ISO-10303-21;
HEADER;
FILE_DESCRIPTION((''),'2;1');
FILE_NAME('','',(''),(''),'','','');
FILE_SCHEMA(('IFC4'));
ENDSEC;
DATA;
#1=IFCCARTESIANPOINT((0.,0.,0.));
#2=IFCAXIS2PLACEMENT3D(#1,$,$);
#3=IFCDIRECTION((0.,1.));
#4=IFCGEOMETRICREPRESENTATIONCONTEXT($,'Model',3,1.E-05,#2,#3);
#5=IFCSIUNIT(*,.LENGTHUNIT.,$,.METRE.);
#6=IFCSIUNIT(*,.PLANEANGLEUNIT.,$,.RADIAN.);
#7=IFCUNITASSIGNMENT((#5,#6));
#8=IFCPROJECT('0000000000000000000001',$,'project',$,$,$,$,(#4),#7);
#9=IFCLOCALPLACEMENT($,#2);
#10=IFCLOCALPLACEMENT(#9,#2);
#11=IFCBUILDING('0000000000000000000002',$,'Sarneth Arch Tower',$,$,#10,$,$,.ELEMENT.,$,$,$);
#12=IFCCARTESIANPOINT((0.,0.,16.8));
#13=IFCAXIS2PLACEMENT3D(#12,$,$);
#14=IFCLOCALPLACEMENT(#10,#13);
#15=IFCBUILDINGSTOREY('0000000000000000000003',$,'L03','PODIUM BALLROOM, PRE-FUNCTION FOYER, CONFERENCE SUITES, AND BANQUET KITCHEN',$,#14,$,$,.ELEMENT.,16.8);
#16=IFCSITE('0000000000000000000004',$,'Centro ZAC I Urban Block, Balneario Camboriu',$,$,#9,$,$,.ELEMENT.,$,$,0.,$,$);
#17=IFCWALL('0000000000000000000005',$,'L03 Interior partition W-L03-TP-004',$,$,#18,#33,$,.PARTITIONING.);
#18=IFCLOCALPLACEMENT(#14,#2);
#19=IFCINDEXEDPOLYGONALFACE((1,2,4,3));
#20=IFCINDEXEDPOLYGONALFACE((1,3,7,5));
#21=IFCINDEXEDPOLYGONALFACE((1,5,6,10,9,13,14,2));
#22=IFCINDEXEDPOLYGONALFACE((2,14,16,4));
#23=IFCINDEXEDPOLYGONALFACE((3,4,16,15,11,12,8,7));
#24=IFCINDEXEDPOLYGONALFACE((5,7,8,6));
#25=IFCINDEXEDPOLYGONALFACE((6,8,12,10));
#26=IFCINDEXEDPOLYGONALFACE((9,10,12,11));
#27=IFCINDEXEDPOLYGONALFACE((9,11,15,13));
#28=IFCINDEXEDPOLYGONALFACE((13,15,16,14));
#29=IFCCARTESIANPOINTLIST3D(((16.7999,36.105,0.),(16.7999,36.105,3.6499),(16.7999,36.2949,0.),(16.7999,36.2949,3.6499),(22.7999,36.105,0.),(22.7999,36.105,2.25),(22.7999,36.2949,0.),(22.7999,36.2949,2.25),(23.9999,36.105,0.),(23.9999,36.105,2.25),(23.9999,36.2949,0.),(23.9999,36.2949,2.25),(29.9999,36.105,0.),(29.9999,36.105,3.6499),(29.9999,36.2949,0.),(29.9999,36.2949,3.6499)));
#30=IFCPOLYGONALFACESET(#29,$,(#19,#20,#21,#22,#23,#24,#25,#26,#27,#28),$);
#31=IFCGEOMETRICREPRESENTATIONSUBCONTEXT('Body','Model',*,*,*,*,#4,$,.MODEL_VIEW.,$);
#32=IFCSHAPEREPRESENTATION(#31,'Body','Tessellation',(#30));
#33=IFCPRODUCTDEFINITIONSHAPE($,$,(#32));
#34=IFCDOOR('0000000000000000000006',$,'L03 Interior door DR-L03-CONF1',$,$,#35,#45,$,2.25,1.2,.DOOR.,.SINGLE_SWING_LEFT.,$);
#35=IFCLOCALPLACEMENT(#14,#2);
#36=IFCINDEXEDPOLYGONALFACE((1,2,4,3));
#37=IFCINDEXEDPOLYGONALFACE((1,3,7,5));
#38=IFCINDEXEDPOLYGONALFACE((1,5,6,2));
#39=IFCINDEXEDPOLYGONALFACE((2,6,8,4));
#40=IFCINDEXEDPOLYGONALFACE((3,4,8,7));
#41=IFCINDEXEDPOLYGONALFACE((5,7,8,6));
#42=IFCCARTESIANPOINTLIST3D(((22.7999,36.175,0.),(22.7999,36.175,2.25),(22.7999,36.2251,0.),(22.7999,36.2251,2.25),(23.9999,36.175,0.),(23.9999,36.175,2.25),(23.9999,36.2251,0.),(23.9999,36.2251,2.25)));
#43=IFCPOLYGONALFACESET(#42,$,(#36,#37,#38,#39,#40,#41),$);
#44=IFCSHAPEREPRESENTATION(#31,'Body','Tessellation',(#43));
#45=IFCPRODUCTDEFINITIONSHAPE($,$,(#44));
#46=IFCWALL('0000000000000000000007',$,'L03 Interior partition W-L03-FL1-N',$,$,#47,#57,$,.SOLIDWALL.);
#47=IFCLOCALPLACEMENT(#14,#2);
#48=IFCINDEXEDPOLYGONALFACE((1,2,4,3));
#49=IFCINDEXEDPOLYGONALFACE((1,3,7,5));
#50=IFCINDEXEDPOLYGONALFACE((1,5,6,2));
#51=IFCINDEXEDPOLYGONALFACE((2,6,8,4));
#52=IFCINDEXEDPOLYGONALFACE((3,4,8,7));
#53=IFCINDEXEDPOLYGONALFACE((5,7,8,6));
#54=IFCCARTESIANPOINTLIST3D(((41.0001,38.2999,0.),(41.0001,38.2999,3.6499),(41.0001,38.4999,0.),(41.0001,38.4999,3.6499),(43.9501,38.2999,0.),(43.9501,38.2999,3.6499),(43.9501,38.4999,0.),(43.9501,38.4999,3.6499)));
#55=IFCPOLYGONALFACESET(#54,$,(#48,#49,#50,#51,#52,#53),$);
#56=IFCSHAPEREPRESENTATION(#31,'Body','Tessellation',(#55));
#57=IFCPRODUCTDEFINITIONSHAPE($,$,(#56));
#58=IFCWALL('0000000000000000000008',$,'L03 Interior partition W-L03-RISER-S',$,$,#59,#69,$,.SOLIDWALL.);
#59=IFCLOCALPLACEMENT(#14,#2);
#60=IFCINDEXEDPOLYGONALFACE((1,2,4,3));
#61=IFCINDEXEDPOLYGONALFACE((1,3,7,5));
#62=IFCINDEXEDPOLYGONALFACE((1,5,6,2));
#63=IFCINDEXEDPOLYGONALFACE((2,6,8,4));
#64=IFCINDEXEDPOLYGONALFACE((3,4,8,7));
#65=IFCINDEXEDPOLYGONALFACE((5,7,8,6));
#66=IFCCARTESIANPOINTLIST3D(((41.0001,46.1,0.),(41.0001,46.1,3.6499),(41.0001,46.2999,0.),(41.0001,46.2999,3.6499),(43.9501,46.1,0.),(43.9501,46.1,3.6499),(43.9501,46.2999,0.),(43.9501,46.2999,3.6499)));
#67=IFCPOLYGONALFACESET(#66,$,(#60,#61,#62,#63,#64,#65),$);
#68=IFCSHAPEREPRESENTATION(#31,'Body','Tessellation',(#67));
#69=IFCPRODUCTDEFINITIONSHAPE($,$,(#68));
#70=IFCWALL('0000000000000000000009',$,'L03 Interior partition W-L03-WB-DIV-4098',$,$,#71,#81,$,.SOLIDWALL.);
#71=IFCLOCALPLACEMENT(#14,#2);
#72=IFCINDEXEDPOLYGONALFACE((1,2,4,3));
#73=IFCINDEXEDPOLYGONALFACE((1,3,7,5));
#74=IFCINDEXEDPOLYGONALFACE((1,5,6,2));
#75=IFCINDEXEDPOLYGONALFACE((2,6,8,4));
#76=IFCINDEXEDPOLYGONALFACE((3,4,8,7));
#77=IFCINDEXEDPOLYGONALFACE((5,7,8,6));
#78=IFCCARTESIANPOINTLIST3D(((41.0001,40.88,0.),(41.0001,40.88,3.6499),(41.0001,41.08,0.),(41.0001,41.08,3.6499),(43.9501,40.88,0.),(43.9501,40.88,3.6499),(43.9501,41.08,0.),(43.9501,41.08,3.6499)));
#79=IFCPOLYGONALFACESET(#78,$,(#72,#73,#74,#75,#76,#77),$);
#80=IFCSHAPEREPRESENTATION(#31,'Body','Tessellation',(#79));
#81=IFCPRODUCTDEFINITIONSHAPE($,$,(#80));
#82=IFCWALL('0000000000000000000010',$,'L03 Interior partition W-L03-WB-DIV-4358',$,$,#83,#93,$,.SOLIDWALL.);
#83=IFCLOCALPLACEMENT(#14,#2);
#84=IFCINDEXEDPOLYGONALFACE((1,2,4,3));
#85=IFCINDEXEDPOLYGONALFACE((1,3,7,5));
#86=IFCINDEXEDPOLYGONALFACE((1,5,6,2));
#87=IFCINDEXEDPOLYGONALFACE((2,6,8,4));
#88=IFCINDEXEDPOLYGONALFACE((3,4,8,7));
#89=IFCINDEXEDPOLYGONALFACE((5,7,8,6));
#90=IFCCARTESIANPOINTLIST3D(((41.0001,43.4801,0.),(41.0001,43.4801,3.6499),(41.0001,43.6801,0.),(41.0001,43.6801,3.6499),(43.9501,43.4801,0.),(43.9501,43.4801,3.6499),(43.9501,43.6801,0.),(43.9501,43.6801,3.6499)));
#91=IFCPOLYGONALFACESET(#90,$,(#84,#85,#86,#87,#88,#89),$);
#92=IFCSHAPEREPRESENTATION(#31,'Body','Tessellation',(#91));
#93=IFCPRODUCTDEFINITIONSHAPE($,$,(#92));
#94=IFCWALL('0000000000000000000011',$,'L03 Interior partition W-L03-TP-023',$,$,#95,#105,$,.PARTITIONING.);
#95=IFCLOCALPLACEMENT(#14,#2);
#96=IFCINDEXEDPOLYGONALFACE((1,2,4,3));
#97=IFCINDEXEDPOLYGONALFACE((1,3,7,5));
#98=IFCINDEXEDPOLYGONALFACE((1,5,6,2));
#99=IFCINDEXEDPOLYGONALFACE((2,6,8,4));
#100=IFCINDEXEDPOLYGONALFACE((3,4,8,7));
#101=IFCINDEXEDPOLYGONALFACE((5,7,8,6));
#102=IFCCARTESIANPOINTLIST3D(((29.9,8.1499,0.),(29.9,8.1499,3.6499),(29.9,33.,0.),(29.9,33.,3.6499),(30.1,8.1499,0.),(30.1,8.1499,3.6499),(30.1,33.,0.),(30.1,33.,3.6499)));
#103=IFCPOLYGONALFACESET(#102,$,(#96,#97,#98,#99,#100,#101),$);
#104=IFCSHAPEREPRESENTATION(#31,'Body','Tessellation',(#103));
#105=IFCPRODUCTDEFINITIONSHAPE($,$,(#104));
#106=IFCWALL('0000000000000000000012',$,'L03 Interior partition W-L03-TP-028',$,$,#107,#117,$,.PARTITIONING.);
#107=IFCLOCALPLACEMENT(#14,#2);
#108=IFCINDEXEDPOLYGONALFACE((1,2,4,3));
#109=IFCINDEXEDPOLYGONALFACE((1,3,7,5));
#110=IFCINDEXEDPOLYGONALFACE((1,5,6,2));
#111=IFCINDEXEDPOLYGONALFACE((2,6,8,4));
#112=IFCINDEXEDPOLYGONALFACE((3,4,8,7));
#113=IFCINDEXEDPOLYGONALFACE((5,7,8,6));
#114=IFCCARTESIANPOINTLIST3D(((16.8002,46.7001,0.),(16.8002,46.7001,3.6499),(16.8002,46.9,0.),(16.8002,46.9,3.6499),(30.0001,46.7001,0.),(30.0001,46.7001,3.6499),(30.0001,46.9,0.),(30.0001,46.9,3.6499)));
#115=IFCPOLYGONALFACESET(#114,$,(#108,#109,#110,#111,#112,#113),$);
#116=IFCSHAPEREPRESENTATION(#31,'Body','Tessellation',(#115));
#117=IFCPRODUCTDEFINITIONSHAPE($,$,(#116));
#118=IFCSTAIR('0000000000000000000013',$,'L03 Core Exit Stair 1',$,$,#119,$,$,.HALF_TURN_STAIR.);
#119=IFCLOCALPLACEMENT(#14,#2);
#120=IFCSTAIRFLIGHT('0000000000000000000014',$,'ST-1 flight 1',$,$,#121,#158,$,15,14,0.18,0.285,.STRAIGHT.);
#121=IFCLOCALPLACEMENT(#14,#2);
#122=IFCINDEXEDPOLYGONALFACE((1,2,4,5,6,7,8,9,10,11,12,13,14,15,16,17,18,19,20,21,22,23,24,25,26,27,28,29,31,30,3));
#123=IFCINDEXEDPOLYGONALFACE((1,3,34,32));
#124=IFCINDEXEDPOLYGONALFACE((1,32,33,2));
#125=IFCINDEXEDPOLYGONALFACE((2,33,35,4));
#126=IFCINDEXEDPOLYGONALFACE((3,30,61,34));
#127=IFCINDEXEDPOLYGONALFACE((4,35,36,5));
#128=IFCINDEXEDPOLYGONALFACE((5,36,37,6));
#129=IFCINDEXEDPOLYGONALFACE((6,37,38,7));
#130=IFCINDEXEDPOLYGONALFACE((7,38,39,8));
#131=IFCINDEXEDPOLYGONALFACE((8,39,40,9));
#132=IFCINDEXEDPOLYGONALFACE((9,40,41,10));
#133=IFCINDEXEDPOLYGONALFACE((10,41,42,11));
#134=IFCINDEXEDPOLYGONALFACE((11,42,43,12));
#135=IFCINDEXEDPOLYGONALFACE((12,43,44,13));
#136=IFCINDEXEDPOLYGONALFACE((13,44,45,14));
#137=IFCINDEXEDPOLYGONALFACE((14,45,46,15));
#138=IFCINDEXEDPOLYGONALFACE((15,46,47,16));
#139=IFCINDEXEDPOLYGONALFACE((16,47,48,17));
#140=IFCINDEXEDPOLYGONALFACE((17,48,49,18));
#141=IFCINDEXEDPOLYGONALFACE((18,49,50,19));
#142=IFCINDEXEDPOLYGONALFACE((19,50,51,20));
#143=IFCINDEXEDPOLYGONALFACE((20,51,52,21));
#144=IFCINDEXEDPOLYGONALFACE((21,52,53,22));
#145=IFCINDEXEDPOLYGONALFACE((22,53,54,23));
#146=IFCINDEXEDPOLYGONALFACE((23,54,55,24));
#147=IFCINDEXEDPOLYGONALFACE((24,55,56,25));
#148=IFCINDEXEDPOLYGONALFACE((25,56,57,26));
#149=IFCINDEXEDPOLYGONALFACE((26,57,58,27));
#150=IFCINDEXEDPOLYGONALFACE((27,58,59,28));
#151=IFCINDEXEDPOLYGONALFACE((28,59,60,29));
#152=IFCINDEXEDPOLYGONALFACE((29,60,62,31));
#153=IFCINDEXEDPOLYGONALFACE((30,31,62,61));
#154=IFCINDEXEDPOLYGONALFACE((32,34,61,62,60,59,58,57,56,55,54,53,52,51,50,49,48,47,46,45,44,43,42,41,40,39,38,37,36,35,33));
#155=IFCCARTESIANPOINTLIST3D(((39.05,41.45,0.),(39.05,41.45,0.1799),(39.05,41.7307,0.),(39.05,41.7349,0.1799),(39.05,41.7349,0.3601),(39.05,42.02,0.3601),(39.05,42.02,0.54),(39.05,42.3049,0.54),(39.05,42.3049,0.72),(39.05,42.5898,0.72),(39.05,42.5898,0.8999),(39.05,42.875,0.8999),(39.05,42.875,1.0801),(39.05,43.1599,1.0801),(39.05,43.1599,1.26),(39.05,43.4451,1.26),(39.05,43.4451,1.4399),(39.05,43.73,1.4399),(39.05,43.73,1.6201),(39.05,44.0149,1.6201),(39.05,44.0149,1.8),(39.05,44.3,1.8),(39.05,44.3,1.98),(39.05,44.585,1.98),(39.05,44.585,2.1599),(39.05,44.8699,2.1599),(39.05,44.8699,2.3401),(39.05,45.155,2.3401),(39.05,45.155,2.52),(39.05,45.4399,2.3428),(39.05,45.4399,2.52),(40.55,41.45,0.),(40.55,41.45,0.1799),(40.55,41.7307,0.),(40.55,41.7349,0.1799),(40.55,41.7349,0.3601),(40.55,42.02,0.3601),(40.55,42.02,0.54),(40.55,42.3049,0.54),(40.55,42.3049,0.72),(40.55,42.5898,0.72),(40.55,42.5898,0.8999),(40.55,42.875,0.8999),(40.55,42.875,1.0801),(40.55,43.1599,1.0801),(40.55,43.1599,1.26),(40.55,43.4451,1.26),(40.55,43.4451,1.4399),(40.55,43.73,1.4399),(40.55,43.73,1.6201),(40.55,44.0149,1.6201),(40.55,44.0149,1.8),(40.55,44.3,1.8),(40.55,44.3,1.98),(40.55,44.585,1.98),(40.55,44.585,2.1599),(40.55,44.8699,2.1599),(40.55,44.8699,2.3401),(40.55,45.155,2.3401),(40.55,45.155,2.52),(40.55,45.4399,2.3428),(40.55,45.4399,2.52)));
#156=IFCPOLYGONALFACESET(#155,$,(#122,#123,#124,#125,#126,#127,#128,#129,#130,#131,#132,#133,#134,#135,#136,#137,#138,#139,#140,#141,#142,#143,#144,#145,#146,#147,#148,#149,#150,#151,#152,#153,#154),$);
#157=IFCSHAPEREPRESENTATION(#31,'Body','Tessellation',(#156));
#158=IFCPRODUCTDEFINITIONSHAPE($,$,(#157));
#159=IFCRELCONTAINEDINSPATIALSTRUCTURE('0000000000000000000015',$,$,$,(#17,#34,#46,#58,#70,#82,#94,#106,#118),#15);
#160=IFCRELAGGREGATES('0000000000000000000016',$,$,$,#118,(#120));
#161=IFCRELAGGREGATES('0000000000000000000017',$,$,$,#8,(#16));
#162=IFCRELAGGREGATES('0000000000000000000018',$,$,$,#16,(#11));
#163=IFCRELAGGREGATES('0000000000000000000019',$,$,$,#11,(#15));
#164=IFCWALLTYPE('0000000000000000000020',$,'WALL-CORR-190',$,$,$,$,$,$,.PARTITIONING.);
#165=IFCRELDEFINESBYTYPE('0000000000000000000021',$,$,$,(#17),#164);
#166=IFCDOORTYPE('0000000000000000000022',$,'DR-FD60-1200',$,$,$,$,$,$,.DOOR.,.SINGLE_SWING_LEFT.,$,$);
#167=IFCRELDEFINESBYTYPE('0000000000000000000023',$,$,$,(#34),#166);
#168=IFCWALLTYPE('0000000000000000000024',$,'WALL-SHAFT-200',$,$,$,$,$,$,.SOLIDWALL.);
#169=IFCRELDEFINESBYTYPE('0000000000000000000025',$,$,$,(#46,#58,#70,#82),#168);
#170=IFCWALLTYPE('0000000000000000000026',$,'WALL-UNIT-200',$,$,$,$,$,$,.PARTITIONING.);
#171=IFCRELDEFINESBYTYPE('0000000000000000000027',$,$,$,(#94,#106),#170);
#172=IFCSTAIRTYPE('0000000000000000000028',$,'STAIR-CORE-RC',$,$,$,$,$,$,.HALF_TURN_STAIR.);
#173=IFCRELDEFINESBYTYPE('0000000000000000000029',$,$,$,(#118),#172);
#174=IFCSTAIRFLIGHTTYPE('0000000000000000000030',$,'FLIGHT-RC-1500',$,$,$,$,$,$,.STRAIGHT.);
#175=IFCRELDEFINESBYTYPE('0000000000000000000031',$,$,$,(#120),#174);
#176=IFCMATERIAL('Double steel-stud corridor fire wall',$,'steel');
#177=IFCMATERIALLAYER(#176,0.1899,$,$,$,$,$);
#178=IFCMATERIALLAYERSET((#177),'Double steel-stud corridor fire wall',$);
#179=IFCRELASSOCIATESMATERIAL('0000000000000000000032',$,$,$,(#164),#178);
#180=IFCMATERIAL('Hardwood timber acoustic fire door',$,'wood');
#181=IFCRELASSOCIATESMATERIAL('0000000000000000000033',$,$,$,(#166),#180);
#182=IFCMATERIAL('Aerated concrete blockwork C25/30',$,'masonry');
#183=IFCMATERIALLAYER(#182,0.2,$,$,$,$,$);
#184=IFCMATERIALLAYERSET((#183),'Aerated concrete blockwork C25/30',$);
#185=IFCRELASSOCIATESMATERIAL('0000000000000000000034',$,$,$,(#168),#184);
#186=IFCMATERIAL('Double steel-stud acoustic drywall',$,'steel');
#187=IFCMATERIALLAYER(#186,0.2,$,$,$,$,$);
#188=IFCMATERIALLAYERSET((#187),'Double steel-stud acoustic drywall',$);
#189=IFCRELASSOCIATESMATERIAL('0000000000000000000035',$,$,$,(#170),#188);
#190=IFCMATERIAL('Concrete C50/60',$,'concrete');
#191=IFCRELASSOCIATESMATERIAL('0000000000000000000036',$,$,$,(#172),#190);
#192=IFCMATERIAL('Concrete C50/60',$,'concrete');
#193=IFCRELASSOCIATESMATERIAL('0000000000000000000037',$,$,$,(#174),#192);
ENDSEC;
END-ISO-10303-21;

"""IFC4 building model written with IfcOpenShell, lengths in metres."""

from ifc_helpers import new_model, si_unit, direction, frame, frame_2d, origin, place, context, subcontext, project, spatial, polyline, rectangle, outline, extrude, material, layer, layer_set, type_object, element, fill, aggregate, save


model = new_model("IFC4")

# Units and contexts
model_context = context("Model", 3, precision=1e-05, world=origin(), true_north=direction((0.0, 1.0)))
body_context = subcontext(model_context, "Body", "Model", "MODEL_VIEW")
ifc_project = project(units=[si_unit("LENGTHUNIT", "METRE"), si_unit("PLANEANGLEUNIT", "RADIAN")], contexts=[model_context])

# Site, building, storey
site_placement = place(None, origin())
site = spatial("IfcSite", under=ifc_project, at=site_placement, Name="Centro ZAC I Urban Block, Balneario Camboriu", CompositionType="ELEMENT", RefElevation=0.0)
building_placement = place(site_placement, origin())
building = spatial("IfcBuilding", under=site, at=building_placement, Name="Sarneth Arch Tower", CompositionType="ELEMENT")
storey_placement = place(building_placement, frame((0.0, 0.0, 16.8)))
storey = spatial("IfcBuildingStorey", under=building, at=storey_placement, Name="L03", Description="PODIUM BALLROOM, PRE-FUNCTION FOYER, CONFERENCE SUITES, AND BANQUET KITCHEN", CompositionType="ELEMENT", Elevation=16.8)

# Wall, opening, door
ifc_material_1 = material(Name="Double steel-stud corridor fire wall", Category="steel")
ifc_layer_1 = layer(ifc_material_1, 0.1899)
ifc_layer_set_1 = layer_set([ifc_layer_1], Name="Double steel-stud corridor fire wall")
wall_type_1 = type_object("IfcWallType", Name="WALL-CORR-190", PredefinedType="PARTITIONING", material=ifc_layer_set_1)
wall_1_placement = place(storey_placement, frame((30.0, 36.2, 0.0), z_axis=(0.0, 0.0, 1.0), x_axis=(-1.0, 0.0, 0.0)))
wall_1 = element("IfcWall", 1, at=wall_1_placement, inside=storey, type_object=wall_type_1, Name="L03 Interior partition W-L03-TP-004", PredefinedType="PARTITIONING", context=body_context, shape_type="SweptSolid", body=[
    extrude(rectangle(XDim=13.2, YDim=0.1899, at=frame_2d((6.6001, 0.0))), origin(), (0.0, 0.0, 1.0), 3.6499),
])
opening_1_placement = place(wall_1_placement, frame((6.0, 0.0, 0.0)))
opening_1 = element("IfcOpeningElement", 2, at=opening_1_placement, cuts=wall_1, PredefinedType="OPENING", context=body_context, shape_type="SweptSolid", body=[
    extrude(rectangle(XDim=1.2, YDim=2.25, at=frame_2d((0.6001, 1.125))), frame((0.0, 0.105, 0.0), z_axis=(0.0, -1.0, 0.0), x_axis=(1.0, 0.0, 0.0)), (0.0, 0.0, 1.0), 0.21),
])
ifc_material_2 = material(Name="Hardwood timber acoustic fire door", Category="wood")
door_type_1 = type_object("IfcDoorType", Name="DR-FD60-1200", OperationType="SINGLE_SWING_LEFT", PredefinedType="DOOR", material=ifc_material_2)
door_1_placement = place(opening_1_placement, origin())
door_1 = element("IfcDoor", 3, at=door_1_placement, inside=storey, type_object=door_type_1, Name="L03 Interior door DR-L03-CONF1", OperationType="SINGLE_SWING_LEFT", OverallHeight=2.25, OverallWidth=1.2, PredefinedType="DOOR", context=body_context, shape_type="SweptSolid", body=[
    extrude(rectangle(XDim=1.2, YDim=2.25, at=frame_2d((0.6001, 1.125))), frame((0.0, 0.0249, 0.0), z_axis=(0.0, -1.0, 0.0), x_axis=(1.0, 0.0, 0.0)), (0.0, 0.0, 1.0), 0.05),
])
fill(opening_1, door_1)
ifc_material_3 = material(Name="Aerated concrete blockwork C25/30", Category="masonry")
ifc_layer_2 = layer(ifc_material_3, 0.2)
ifc_layer_set_2 = layer_set([ifc_layer_2], Name="Aerated concrete blockwork C25/30")
wall_type_2 = type_object("IfcWallType", Name="WALL-SHAFT-200", PredefinedType="SOLIDWALL", material=ifc_layer_set_2)

# Walls
for number, where, z_axis, x_axis, name in (
    (4, (41.0, 38.3999, 0.0), (0.0, 0.0, 1.0), (1.0, 0.0, 0.0), "L03 Interior partition W-L03-FL1-N"),
    (5, (41.0, 46.2, 0.0), (0.0, 0.0, 1.0), (1.0, 0.0, 0.0), "L03 Interior partition W-L03-RISER-S"),
    (6, (41.0, 40.98, 0.0), (0.0, 0.0, 1.0), (1.0, 0.0, 0.0), "L03 Interior partition W-L03-WB-DIV-4098"),
    (7, (41.0, 43.5801, 0.0), (0.0, 0.0, 1.0), (1.0, 0.0, 0.0), "L03 Interior partition W-L03-WB-DIV-4358"),
):
    element("IfcWall", number, at=place(storey_placement, frame(where, z_axis=z_axis, x_axis=x_axis)), inside=storey, type_object=wall_type_2, Name=name, PredefinedType="SOLIDWALL", context=body_context, shape_type="SweptSolid", body=[
        extrude(rectangle(XDim=2.95, YDim=0.2, at=frame_2d((1.4751, 0.0))), origin(), (0.0, 0.0, 1.0), 3.6499),
    ])
ifc_material_4 = material(Name="Double steel-stud acoustic drywall", Category="steel")
ifc_layer_3 = layer(ifc_material_4, 0.2)
ifc_layer_set_3 = layer_set([ifc_layer_3], Name="Double steel-stud acoustic drywall")
wall_type_3 = type_object("IfcWallType", Name="WALL-UNIT-200", PredefinedType="PARTITIONING", material=ifc_layer_set_3)
wall_2_placement = place(storey_placement, frame((30.0, 33.0, 0.0), z_axis=(0.0, 0.0, 1.0), x_axis=(0.0, -1.0, 0.0)))
element("IfcWall", 8, at=wall_2_placement, inside=storey, type_object=wall_type_3, Name="L03 Interior partition W-L03-TP-023", PredefinedType="PARTITIONING", context=body_context, shape_type="SweptSolid", body=[
    extrude(rectangle(XDim=24.8501, YDim=0.2, at=frame_2d((12.425, 0.0))), origin(), (0.0, 0.0, 1.0), 3.6499),
])
wall_3_placement = place(storey_placement, frame((16.8, 46.8, 0.0), z_axis=(0.0, 0.0, 1.0), x_axis=(1.0, 0.0, 0.0)))
element("IfcWall", 9, at=wall_3_placement, inside=storey, type_object=wall_type_3, Name="L03 Interior partition W-L03-TP-028", PredefinedType="PARTITIONING", context=body_context, shape_type="SweptSolid", body=[
    extrude(rectangle(XDim=13.2, YDim=0.2, at=frame_2d((6.6001, 0.0))), origin(), (0.0, 0.0, 1.0), 3.6499),
])

# Stair, stair flight
ifc_material_5 = material(Name="Concrete C50/60", Category="concrete")
stair_type = type_object("IfcStairType", Name="STAIR-CORE-RC", PredefinedType="HALF_TURN_STAIR", material=ifc_material_5)
stair_placement = place(storey_placement, origin())
stair = element("IfcStair", 10, at=stair_placement, inside=storey, type_object=stair_type, Name="L03 Core Exit Stair 1", PredefinedType="HALF_TURN_STAIR")
ifc_material_6 = material(Name="Concrete C50/60", Category="concrete")
stair_flight_type = type_object("IfcStairFlightType", Name="FLIGHT-RC-1500", PredefinedType="STRAIGHT", material=ifc_material_6)
stair_flight_1_placement = place(storey_placement, frame((39.8, 41.45, 0.0), z_axis=(0.0, 0.0, 1.0), x_axis=(0.0, 1.0, 0.0)))
stair_flight_1 = element("IfcStairFlight", 11, at=stair_flight_1_placement, type_object=stair_flight_type, Name="ST-1 flight 1", NumberOfRisers=15, NumberOfTreads=14, PredefinedType="STRAIGHT", RiserHeight=0.18, TreadLength=0.285, context=body_context, shape_type="SweptSolid", body=[
    extrude(outline(polyline([(0.0, 0.0), (0.0, 0.1799), (0.2849, 0.1799), (0.2849, 0.3601), (0.5701, 0.3601), (0.5701, 0.54), (0.855, 0.54), (0.855, 0.72), (1.1399, 0.72), (1.1399, 0.8999), (1.425, 0.8999), (1.425, 1.0801), (1.71, 1.0801), (1.71, 1.26), (1.9951, 1.26), (1.9951, 1.4399), (2.28, 1.4399), (2.28, 1.6201), (2.5649, 1.6201), (2.5649, 1.8), (2.8501, 1.8), (2.8501, 1.98), (3.135, 1.98), (3.135, 2.1599), (3.4199, 2.1599), (3.4199, 2.3401), (3.7051, 2.3401), (3.7051, 2.52), (3.99, 2.52), (3.99, 2.7), (3.99, 2.3428), (0.2808, 0.0), (0.0, 0.0)])), frame((0.0, 0.75, 0.0), z_axis=(0.0, -1.0, 0.0), x_axis=(1.0, 0.0, 0.0)), (0.0, 0.0, 1.0), 1.5),
])
aggregate(stair, [stair_flight_1])

save(model, "model.ifc")
